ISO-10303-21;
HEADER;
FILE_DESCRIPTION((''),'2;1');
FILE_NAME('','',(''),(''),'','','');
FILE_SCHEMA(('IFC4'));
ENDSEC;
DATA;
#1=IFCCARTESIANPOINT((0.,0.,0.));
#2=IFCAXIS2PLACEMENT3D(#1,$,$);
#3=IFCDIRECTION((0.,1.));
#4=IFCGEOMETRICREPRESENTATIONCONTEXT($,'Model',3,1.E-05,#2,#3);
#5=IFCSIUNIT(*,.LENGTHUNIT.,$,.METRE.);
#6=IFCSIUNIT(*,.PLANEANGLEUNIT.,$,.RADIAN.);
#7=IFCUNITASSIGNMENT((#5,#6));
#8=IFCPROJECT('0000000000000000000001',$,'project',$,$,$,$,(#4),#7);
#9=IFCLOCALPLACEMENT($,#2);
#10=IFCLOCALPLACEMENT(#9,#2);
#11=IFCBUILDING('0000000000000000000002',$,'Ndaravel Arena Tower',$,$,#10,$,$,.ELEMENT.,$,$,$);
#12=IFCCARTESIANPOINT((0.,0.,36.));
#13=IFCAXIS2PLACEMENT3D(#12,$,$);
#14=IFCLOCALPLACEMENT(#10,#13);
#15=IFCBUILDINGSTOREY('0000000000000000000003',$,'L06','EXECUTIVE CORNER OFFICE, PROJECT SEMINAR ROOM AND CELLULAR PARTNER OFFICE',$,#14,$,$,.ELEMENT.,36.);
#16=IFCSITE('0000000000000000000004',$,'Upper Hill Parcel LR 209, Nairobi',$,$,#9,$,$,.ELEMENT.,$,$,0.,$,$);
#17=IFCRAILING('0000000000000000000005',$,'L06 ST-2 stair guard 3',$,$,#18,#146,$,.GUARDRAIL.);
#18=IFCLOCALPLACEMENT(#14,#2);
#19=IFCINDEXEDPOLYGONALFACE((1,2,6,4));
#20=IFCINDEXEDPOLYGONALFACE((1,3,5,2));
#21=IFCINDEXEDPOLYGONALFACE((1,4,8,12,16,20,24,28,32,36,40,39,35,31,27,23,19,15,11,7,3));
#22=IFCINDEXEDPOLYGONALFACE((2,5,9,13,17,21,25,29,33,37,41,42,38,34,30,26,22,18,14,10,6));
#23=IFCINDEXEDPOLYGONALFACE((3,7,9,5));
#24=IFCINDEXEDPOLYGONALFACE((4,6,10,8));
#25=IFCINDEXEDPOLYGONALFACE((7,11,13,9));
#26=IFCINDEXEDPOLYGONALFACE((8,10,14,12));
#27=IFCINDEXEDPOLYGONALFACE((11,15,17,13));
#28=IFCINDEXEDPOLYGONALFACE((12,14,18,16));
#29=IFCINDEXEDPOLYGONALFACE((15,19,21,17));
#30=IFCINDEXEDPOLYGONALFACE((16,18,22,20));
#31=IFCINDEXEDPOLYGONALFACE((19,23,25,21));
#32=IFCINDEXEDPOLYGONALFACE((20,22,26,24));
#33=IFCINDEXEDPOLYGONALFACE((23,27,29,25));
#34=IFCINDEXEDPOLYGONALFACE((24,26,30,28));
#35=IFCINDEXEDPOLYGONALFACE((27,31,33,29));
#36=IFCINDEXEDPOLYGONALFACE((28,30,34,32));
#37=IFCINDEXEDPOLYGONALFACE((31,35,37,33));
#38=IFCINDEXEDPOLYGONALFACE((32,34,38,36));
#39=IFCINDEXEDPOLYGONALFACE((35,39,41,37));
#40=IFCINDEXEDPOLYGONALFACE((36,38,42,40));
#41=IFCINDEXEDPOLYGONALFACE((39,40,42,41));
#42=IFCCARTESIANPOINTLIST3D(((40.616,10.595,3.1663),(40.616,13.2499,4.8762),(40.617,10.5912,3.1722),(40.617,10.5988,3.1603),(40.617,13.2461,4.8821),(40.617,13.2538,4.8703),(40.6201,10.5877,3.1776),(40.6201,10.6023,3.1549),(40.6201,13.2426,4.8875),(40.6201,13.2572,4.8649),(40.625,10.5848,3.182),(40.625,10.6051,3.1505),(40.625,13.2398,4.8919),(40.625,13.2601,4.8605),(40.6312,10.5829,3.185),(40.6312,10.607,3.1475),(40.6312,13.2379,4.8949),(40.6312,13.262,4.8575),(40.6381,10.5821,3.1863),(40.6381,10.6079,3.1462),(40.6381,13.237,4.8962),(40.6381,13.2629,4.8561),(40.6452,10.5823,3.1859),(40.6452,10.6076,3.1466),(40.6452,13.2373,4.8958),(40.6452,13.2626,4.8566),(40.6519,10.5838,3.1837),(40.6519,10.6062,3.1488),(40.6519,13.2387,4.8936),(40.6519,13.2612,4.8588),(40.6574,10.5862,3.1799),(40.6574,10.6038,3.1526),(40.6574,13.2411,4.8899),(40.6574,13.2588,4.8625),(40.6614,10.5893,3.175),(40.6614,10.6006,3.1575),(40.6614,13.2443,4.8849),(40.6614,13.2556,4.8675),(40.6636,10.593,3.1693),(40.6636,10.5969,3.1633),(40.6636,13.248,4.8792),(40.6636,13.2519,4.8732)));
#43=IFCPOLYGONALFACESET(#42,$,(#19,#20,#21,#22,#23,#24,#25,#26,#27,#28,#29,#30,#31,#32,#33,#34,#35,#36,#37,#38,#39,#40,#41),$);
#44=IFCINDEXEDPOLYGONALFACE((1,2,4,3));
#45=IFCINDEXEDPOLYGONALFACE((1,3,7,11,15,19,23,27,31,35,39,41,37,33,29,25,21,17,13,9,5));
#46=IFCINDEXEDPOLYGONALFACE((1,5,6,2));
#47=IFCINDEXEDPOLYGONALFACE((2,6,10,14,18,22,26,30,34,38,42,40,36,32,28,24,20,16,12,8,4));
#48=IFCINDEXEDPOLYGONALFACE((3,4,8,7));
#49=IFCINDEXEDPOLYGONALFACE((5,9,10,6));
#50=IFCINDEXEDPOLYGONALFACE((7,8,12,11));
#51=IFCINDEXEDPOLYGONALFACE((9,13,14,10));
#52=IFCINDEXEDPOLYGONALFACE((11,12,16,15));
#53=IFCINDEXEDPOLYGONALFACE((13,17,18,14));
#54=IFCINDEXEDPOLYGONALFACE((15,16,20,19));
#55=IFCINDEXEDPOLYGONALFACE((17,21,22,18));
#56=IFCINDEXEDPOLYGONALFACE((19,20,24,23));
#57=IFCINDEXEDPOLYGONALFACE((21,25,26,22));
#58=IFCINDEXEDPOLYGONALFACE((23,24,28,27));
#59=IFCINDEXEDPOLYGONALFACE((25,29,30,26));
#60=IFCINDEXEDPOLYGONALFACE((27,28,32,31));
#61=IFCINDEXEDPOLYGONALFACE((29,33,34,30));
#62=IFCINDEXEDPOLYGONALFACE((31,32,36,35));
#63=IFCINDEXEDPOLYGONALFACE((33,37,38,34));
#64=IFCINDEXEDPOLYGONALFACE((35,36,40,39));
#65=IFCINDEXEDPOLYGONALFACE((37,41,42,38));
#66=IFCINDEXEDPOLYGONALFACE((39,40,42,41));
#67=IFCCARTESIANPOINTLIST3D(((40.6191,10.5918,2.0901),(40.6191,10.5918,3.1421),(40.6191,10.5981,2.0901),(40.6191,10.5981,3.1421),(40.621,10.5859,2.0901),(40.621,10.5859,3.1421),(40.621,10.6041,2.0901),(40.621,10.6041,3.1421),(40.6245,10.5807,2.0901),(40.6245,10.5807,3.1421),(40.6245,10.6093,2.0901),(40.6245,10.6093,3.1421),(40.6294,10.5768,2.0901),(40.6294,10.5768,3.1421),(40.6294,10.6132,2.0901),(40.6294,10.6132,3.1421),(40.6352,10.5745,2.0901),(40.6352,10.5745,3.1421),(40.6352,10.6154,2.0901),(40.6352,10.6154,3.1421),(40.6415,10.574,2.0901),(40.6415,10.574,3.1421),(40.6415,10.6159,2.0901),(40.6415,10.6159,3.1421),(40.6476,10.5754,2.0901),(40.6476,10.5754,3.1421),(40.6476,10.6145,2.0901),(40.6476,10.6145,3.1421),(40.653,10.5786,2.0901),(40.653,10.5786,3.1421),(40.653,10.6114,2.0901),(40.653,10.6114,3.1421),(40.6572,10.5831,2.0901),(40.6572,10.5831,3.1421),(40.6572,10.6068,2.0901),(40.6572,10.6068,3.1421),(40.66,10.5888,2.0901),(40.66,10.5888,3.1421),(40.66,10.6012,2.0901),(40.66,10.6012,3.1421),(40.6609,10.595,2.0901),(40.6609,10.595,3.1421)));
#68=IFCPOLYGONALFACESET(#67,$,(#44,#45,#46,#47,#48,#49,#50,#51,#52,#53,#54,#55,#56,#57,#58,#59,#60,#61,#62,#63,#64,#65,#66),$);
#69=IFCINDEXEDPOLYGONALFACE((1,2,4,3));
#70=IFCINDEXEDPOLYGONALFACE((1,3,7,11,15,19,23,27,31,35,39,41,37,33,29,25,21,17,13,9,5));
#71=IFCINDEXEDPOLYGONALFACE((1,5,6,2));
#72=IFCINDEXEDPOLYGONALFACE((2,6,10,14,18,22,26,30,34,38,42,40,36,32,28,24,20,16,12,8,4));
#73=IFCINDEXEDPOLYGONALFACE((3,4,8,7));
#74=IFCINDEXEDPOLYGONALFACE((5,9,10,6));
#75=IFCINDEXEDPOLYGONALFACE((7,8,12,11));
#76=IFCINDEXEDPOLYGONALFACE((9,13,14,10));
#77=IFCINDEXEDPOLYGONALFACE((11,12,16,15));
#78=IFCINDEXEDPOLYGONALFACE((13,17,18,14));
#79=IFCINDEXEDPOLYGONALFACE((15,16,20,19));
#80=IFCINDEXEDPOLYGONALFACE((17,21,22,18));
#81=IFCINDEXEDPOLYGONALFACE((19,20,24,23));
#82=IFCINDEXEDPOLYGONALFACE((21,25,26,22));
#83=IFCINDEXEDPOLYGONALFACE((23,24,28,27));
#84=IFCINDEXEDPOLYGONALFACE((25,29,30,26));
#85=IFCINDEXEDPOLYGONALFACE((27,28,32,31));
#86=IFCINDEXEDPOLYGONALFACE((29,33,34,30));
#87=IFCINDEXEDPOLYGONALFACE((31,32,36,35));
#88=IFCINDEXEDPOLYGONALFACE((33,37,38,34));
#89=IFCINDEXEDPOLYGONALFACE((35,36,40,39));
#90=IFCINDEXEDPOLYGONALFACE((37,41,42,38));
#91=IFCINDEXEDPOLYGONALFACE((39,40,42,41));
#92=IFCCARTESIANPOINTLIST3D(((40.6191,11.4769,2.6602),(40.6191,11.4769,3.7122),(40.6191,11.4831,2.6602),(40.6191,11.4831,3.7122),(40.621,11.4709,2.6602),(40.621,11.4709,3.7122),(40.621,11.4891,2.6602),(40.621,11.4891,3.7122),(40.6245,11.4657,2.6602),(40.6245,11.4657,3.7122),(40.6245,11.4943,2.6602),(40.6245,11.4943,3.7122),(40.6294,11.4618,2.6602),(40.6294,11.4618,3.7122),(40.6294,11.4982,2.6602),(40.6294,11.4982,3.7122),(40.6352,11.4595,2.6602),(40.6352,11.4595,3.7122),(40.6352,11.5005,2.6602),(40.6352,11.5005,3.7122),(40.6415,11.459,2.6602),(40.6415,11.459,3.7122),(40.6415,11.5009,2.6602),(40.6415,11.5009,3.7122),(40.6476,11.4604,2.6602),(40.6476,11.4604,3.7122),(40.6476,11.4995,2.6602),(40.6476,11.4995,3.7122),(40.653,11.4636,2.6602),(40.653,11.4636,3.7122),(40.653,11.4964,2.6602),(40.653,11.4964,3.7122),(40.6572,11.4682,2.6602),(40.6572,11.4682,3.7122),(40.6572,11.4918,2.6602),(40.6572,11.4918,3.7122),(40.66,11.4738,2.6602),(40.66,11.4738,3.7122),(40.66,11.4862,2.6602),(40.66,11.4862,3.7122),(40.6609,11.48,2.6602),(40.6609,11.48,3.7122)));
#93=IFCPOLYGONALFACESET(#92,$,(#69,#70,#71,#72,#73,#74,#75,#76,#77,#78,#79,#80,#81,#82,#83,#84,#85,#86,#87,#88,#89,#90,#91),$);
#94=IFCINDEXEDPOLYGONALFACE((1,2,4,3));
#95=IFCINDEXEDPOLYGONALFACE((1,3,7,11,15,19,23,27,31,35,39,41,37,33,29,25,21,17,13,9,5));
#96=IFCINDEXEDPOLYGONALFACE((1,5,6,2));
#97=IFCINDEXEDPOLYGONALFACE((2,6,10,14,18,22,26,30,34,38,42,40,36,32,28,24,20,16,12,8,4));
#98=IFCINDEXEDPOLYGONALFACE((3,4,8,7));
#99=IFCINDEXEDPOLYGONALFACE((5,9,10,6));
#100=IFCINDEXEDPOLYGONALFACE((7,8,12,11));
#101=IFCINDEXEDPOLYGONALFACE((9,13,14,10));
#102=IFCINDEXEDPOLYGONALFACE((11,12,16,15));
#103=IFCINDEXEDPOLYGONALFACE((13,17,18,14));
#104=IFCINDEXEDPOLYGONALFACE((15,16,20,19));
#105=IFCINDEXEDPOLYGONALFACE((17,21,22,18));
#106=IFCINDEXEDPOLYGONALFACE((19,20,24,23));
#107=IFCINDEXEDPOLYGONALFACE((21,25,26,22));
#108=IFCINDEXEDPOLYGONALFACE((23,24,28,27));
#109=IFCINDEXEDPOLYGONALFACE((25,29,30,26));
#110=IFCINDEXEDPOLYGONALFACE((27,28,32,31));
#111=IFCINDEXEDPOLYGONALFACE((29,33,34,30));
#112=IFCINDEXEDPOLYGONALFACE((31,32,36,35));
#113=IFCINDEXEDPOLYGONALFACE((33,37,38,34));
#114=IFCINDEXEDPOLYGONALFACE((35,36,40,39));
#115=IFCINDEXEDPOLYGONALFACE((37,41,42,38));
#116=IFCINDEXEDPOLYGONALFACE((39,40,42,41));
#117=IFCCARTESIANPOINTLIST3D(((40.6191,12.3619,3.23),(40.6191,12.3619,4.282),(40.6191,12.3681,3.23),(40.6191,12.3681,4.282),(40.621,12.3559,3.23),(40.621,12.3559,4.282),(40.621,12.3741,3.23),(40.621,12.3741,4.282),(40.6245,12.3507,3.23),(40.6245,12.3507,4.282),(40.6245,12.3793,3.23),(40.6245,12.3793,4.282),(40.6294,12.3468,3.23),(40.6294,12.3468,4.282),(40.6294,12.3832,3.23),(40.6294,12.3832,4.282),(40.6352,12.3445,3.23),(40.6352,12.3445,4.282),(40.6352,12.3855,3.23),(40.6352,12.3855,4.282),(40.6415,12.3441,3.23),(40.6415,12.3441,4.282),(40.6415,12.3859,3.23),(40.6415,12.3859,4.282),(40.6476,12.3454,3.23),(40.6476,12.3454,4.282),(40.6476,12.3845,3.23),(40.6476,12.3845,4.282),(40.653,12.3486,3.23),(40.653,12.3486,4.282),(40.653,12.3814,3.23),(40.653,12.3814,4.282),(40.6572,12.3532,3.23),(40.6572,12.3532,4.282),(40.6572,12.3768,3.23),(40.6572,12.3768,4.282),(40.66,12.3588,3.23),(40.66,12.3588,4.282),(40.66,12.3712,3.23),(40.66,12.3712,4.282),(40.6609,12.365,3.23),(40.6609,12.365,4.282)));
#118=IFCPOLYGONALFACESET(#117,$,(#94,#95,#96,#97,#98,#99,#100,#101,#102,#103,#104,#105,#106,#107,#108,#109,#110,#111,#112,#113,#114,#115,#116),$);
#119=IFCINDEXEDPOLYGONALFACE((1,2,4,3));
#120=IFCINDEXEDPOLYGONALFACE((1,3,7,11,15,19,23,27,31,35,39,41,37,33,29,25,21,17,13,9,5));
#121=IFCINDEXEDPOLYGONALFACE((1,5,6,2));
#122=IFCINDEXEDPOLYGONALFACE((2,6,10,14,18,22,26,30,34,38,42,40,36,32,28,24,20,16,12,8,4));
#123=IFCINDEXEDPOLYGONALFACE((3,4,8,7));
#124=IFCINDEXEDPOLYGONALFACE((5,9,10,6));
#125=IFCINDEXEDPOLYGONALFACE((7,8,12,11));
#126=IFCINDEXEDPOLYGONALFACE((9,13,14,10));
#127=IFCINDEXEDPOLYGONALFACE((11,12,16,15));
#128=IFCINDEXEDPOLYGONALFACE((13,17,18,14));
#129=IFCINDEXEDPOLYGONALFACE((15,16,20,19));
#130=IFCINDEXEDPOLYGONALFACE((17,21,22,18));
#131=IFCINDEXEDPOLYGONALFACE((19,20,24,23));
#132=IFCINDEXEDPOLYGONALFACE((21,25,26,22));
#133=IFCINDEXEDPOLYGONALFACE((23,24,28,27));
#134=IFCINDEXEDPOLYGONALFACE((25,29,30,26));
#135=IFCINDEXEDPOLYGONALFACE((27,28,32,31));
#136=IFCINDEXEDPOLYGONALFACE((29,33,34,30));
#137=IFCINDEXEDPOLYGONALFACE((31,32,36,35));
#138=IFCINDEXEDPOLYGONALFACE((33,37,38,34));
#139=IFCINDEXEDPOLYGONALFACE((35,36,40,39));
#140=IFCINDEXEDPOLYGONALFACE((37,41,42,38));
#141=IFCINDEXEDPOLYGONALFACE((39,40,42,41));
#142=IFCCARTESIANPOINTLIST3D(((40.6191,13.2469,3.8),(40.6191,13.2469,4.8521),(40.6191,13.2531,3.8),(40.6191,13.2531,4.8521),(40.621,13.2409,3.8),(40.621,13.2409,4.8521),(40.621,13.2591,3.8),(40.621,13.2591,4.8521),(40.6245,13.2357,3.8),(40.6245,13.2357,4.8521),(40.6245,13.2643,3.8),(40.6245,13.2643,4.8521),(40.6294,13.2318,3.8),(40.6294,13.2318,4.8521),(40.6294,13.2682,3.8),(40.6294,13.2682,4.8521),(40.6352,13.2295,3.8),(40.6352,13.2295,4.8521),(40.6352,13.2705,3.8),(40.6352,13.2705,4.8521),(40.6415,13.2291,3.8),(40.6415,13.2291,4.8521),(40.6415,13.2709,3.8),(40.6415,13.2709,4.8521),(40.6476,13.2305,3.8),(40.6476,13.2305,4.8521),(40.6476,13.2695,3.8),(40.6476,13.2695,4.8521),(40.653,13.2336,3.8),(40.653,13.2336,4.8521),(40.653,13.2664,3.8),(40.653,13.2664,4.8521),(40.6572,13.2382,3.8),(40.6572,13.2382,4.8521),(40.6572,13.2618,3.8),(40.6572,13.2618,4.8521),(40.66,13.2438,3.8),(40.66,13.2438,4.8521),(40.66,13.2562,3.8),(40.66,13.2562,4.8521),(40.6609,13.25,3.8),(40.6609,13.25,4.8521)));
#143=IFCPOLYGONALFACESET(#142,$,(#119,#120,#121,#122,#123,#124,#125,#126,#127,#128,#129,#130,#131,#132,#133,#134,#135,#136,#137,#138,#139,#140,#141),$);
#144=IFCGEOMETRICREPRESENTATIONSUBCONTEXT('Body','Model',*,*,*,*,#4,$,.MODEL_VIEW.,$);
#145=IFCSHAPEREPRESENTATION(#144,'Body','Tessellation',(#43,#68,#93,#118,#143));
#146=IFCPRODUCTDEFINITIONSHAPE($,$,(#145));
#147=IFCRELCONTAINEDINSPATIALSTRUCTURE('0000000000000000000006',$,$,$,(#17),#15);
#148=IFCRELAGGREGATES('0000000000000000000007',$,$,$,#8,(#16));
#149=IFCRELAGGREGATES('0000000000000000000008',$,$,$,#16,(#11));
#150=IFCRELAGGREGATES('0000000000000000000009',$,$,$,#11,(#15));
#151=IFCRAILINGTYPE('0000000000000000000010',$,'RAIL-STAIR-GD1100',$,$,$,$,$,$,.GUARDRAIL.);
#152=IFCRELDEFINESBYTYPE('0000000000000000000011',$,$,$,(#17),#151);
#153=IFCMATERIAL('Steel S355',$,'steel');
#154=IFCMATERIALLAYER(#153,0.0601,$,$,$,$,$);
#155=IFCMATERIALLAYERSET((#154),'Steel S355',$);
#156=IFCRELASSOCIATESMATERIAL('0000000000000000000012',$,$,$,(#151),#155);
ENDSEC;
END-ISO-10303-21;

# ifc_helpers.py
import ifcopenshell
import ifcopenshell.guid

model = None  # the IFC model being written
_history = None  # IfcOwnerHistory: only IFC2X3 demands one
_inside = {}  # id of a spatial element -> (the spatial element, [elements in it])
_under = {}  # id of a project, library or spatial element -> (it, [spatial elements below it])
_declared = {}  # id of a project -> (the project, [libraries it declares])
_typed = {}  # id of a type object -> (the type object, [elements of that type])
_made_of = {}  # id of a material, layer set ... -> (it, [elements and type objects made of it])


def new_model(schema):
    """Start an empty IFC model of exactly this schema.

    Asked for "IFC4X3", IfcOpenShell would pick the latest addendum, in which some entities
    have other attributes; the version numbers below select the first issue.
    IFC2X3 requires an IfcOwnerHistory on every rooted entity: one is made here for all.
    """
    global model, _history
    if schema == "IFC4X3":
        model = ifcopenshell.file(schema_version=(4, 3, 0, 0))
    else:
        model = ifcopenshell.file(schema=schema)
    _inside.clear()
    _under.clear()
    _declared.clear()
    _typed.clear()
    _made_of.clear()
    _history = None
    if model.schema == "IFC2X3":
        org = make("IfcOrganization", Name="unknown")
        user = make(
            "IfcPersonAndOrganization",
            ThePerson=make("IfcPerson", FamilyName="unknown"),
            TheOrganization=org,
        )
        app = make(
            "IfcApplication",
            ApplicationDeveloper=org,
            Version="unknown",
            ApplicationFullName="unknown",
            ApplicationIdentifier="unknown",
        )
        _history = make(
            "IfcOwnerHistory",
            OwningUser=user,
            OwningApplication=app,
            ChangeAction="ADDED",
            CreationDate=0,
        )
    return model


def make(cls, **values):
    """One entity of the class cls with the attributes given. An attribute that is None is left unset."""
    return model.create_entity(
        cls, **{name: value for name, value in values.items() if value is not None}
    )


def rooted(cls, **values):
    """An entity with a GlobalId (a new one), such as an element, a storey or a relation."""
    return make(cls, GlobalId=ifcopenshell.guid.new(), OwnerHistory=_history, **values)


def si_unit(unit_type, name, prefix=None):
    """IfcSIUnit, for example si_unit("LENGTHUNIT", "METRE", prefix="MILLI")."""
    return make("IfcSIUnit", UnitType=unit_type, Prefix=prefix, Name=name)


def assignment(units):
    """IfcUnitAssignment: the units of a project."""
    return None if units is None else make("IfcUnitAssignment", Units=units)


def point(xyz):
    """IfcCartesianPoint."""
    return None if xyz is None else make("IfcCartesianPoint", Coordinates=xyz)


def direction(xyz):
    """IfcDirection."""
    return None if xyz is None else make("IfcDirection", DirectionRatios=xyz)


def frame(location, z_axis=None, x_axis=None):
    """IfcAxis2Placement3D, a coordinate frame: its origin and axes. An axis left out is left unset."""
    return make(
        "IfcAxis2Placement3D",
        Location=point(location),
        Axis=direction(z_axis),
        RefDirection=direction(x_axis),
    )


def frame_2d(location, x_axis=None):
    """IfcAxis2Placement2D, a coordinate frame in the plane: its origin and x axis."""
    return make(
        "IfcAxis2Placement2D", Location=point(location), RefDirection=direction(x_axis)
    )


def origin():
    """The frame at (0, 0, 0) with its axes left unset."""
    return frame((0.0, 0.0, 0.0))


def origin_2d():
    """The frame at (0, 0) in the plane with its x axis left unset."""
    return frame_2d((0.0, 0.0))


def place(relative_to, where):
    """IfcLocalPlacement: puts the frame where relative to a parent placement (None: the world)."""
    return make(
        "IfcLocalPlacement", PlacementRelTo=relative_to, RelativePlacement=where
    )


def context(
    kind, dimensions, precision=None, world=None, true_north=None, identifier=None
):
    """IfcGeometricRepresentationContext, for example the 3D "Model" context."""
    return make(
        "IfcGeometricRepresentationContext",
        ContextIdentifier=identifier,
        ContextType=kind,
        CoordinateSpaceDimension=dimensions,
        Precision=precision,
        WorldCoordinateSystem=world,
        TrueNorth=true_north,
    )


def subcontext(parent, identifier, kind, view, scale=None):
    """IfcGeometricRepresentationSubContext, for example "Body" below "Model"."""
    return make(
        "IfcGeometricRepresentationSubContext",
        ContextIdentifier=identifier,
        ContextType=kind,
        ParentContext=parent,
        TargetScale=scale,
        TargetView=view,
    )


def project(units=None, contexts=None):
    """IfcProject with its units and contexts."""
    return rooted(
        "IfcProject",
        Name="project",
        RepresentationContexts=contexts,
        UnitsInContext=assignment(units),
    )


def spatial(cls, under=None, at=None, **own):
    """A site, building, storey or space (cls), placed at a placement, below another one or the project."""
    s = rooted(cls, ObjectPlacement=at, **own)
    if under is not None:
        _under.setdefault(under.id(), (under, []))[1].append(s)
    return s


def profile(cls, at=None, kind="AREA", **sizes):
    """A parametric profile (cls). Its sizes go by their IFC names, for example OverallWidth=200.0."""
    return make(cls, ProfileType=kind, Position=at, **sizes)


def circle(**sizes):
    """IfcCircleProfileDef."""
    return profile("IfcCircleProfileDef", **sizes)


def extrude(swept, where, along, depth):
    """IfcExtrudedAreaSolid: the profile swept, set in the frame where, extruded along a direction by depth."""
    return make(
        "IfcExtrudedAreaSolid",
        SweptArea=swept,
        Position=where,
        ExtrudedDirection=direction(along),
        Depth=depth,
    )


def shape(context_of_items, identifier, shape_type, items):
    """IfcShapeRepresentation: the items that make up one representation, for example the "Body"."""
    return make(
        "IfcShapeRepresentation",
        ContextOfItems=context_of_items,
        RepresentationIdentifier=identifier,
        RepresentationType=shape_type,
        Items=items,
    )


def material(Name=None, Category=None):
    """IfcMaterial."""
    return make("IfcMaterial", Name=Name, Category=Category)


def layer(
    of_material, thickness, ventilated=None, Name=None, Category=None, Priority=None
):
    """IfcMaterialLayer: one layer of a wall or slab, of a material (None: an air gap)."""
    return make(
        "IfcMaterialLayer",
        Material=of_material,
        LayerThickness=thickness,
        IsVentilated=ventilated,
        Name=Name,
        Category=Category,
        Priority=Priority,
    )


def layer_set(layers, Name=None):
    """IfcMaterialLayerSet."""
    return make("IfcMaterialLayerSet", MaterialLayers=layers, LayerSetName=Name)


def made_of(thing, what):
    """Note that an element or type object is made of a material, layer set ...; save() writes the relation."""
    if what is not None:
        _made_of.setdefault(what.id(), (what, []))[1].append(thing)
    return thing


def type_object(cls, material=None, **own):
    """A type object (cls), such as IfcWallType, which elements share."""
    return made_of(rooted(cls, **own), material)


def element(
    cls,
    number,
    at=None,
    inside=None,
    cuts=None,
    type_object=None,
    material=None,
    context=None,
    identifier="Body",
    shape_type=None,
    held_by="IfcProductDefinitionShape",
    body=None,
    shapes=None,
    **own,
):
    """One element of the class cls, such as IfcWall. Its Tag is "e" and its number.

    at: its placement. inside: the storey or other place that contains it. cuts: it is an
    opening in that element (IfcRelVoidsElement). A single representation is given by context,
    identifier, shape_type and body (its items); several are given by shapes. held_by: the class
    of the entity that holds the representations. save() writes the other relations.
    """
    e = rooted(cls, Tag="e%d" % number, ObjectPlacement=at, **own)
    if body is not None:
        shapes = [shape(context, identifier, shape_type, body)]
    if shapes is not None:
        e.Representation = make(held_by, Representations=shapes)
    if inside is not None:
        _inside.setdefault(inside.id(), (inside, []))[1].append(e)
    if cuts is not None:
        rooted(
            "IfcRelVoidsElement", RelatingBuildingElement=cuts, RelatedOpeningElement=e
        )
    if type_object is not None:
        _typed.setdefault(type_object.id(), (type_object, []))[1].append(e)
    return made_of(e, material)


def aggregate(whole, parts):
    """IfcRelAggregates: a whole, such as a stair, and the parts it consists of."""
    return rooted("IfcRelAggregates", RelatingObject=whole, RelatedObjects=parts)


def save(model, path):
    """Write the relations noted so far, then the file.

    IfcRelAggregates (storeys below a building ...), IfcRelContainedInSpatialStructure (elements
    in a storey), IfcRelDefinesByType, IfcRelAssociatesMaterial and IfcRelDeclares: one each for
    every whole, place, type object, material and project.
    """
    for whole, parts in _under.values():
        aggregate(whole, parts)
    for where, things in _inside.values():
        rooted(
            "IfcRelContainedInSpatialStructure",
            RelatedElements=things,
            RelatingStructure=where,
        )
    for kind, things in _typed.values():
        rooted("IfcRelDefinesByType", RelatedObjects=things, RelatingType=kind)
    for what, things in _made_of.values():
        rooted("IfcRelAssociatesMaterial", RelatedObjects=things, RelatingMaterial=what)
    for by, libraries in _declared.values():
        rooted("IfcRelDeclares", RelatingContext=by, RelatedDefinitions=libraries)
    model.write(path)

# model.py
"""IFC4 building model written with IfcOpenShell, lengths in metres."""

from ifc_helpers import new_model, si_unit, direction, frame, origin, origin_2d, place, context, subcontext, project, spatial, circle, extrude, material, layer, layer_set, type_object, element, save


model = new_model("IFC4")

# Units and contexts
model_context = context("Model", 3, precision=1e-05, world=origin(), true_north=direction((0.0, 1.0)))
body_context = subcontext(model_context, "Body", "Model", "MODEL_VIEW")
ifc_project = project(units=[si_unit("LENGTHUNIT", "METRE"), si_unit("PLANEANGLEUNIT", "RADIAN")], contexts=[model_context])

# Site, building, storey
site_placement = place(None, origin())
site = spatial("IfcSite", under=ifc_project, at=site_placement, Name="Upper Hill Parcel LR 209, Nairobi", CompositionType="ELEMENT", RefElevation=0.0)
building_placement = place(site_placement, origin())
building = spatial("IfcBuilding", under=site, at=building_placement, Name="Ndaravel Arena Tower", CompositionType="ELEMENT")
storey_placement = place(building_placement, frame((0.0, 0.0, 36.0)))
storey = spatial("IfcBuildingStorey", under=building, at=storey_placement, Name="L06", Description="EXECUTIVE CORNER OFFICE, PROJECT SEMINAR ROOM AND CELLULAR PARTNER OFFICE", CompositionType="ELEMENT", Elevation=36.0)

# Railing
ifc_material_1 = material(Name="Steel S355", Category="steel")
ifc_layer_1 = layer(ifc_material_1, 0.0601)
ifc_layer_set_1 = layer_set([ifc_layer_1], Name="Steel S355")
railing_type_1 = type_object("IfcRailingType", Name="RAIL-STAIR-GD1100", PredefinedType="GUARDRAIL", material=ifc_layer_set_1)
railing_1_placement = place(storey_placement, frame((40.6399, 10.595, 2.0901)))
element("IfcRailing", 1, at=railing_1_placement, inside=storey, type_object=railing_type_1, Name="L06 ST-2 stair guard 3", PredefinedType="GUARDRAIL", context=body_context, shape_type="SweptSolid", body=[
    extrude(circle(Radius=0.0239, at=origin_2d()), frame((0.0, 0.0, 1.0762), z_axis=(0.0, 0.840724, 0.541465), x_axis=(-1.0, 0.0, 0.0)), (0.0, 0.0, 1.0), 3.158),
    extrude(circle(Radius=0.021, at=origin_2d()), origin(), (0.0, 0.0, 1.0), 1.052),
    extrude(circle(Radius=0.021, at=origin_2d()), frame((0.0, 0.885, 0.5701)), (0.0, 0.0, 1.0), 1.052),
    extrude(circle(Radius=0.021, at=origin_2d()), frame((0.0, 1.77, 1.1399)), (0.0, 0.0, 1.0), 1.052),
    extrude(circle(Radius=0.021, at=origin_2d()), frame((0.0, 2.655, 1.71)), (0.0, 0.0, 1.0), 1.052),
])

save(model, "model.ifc")
